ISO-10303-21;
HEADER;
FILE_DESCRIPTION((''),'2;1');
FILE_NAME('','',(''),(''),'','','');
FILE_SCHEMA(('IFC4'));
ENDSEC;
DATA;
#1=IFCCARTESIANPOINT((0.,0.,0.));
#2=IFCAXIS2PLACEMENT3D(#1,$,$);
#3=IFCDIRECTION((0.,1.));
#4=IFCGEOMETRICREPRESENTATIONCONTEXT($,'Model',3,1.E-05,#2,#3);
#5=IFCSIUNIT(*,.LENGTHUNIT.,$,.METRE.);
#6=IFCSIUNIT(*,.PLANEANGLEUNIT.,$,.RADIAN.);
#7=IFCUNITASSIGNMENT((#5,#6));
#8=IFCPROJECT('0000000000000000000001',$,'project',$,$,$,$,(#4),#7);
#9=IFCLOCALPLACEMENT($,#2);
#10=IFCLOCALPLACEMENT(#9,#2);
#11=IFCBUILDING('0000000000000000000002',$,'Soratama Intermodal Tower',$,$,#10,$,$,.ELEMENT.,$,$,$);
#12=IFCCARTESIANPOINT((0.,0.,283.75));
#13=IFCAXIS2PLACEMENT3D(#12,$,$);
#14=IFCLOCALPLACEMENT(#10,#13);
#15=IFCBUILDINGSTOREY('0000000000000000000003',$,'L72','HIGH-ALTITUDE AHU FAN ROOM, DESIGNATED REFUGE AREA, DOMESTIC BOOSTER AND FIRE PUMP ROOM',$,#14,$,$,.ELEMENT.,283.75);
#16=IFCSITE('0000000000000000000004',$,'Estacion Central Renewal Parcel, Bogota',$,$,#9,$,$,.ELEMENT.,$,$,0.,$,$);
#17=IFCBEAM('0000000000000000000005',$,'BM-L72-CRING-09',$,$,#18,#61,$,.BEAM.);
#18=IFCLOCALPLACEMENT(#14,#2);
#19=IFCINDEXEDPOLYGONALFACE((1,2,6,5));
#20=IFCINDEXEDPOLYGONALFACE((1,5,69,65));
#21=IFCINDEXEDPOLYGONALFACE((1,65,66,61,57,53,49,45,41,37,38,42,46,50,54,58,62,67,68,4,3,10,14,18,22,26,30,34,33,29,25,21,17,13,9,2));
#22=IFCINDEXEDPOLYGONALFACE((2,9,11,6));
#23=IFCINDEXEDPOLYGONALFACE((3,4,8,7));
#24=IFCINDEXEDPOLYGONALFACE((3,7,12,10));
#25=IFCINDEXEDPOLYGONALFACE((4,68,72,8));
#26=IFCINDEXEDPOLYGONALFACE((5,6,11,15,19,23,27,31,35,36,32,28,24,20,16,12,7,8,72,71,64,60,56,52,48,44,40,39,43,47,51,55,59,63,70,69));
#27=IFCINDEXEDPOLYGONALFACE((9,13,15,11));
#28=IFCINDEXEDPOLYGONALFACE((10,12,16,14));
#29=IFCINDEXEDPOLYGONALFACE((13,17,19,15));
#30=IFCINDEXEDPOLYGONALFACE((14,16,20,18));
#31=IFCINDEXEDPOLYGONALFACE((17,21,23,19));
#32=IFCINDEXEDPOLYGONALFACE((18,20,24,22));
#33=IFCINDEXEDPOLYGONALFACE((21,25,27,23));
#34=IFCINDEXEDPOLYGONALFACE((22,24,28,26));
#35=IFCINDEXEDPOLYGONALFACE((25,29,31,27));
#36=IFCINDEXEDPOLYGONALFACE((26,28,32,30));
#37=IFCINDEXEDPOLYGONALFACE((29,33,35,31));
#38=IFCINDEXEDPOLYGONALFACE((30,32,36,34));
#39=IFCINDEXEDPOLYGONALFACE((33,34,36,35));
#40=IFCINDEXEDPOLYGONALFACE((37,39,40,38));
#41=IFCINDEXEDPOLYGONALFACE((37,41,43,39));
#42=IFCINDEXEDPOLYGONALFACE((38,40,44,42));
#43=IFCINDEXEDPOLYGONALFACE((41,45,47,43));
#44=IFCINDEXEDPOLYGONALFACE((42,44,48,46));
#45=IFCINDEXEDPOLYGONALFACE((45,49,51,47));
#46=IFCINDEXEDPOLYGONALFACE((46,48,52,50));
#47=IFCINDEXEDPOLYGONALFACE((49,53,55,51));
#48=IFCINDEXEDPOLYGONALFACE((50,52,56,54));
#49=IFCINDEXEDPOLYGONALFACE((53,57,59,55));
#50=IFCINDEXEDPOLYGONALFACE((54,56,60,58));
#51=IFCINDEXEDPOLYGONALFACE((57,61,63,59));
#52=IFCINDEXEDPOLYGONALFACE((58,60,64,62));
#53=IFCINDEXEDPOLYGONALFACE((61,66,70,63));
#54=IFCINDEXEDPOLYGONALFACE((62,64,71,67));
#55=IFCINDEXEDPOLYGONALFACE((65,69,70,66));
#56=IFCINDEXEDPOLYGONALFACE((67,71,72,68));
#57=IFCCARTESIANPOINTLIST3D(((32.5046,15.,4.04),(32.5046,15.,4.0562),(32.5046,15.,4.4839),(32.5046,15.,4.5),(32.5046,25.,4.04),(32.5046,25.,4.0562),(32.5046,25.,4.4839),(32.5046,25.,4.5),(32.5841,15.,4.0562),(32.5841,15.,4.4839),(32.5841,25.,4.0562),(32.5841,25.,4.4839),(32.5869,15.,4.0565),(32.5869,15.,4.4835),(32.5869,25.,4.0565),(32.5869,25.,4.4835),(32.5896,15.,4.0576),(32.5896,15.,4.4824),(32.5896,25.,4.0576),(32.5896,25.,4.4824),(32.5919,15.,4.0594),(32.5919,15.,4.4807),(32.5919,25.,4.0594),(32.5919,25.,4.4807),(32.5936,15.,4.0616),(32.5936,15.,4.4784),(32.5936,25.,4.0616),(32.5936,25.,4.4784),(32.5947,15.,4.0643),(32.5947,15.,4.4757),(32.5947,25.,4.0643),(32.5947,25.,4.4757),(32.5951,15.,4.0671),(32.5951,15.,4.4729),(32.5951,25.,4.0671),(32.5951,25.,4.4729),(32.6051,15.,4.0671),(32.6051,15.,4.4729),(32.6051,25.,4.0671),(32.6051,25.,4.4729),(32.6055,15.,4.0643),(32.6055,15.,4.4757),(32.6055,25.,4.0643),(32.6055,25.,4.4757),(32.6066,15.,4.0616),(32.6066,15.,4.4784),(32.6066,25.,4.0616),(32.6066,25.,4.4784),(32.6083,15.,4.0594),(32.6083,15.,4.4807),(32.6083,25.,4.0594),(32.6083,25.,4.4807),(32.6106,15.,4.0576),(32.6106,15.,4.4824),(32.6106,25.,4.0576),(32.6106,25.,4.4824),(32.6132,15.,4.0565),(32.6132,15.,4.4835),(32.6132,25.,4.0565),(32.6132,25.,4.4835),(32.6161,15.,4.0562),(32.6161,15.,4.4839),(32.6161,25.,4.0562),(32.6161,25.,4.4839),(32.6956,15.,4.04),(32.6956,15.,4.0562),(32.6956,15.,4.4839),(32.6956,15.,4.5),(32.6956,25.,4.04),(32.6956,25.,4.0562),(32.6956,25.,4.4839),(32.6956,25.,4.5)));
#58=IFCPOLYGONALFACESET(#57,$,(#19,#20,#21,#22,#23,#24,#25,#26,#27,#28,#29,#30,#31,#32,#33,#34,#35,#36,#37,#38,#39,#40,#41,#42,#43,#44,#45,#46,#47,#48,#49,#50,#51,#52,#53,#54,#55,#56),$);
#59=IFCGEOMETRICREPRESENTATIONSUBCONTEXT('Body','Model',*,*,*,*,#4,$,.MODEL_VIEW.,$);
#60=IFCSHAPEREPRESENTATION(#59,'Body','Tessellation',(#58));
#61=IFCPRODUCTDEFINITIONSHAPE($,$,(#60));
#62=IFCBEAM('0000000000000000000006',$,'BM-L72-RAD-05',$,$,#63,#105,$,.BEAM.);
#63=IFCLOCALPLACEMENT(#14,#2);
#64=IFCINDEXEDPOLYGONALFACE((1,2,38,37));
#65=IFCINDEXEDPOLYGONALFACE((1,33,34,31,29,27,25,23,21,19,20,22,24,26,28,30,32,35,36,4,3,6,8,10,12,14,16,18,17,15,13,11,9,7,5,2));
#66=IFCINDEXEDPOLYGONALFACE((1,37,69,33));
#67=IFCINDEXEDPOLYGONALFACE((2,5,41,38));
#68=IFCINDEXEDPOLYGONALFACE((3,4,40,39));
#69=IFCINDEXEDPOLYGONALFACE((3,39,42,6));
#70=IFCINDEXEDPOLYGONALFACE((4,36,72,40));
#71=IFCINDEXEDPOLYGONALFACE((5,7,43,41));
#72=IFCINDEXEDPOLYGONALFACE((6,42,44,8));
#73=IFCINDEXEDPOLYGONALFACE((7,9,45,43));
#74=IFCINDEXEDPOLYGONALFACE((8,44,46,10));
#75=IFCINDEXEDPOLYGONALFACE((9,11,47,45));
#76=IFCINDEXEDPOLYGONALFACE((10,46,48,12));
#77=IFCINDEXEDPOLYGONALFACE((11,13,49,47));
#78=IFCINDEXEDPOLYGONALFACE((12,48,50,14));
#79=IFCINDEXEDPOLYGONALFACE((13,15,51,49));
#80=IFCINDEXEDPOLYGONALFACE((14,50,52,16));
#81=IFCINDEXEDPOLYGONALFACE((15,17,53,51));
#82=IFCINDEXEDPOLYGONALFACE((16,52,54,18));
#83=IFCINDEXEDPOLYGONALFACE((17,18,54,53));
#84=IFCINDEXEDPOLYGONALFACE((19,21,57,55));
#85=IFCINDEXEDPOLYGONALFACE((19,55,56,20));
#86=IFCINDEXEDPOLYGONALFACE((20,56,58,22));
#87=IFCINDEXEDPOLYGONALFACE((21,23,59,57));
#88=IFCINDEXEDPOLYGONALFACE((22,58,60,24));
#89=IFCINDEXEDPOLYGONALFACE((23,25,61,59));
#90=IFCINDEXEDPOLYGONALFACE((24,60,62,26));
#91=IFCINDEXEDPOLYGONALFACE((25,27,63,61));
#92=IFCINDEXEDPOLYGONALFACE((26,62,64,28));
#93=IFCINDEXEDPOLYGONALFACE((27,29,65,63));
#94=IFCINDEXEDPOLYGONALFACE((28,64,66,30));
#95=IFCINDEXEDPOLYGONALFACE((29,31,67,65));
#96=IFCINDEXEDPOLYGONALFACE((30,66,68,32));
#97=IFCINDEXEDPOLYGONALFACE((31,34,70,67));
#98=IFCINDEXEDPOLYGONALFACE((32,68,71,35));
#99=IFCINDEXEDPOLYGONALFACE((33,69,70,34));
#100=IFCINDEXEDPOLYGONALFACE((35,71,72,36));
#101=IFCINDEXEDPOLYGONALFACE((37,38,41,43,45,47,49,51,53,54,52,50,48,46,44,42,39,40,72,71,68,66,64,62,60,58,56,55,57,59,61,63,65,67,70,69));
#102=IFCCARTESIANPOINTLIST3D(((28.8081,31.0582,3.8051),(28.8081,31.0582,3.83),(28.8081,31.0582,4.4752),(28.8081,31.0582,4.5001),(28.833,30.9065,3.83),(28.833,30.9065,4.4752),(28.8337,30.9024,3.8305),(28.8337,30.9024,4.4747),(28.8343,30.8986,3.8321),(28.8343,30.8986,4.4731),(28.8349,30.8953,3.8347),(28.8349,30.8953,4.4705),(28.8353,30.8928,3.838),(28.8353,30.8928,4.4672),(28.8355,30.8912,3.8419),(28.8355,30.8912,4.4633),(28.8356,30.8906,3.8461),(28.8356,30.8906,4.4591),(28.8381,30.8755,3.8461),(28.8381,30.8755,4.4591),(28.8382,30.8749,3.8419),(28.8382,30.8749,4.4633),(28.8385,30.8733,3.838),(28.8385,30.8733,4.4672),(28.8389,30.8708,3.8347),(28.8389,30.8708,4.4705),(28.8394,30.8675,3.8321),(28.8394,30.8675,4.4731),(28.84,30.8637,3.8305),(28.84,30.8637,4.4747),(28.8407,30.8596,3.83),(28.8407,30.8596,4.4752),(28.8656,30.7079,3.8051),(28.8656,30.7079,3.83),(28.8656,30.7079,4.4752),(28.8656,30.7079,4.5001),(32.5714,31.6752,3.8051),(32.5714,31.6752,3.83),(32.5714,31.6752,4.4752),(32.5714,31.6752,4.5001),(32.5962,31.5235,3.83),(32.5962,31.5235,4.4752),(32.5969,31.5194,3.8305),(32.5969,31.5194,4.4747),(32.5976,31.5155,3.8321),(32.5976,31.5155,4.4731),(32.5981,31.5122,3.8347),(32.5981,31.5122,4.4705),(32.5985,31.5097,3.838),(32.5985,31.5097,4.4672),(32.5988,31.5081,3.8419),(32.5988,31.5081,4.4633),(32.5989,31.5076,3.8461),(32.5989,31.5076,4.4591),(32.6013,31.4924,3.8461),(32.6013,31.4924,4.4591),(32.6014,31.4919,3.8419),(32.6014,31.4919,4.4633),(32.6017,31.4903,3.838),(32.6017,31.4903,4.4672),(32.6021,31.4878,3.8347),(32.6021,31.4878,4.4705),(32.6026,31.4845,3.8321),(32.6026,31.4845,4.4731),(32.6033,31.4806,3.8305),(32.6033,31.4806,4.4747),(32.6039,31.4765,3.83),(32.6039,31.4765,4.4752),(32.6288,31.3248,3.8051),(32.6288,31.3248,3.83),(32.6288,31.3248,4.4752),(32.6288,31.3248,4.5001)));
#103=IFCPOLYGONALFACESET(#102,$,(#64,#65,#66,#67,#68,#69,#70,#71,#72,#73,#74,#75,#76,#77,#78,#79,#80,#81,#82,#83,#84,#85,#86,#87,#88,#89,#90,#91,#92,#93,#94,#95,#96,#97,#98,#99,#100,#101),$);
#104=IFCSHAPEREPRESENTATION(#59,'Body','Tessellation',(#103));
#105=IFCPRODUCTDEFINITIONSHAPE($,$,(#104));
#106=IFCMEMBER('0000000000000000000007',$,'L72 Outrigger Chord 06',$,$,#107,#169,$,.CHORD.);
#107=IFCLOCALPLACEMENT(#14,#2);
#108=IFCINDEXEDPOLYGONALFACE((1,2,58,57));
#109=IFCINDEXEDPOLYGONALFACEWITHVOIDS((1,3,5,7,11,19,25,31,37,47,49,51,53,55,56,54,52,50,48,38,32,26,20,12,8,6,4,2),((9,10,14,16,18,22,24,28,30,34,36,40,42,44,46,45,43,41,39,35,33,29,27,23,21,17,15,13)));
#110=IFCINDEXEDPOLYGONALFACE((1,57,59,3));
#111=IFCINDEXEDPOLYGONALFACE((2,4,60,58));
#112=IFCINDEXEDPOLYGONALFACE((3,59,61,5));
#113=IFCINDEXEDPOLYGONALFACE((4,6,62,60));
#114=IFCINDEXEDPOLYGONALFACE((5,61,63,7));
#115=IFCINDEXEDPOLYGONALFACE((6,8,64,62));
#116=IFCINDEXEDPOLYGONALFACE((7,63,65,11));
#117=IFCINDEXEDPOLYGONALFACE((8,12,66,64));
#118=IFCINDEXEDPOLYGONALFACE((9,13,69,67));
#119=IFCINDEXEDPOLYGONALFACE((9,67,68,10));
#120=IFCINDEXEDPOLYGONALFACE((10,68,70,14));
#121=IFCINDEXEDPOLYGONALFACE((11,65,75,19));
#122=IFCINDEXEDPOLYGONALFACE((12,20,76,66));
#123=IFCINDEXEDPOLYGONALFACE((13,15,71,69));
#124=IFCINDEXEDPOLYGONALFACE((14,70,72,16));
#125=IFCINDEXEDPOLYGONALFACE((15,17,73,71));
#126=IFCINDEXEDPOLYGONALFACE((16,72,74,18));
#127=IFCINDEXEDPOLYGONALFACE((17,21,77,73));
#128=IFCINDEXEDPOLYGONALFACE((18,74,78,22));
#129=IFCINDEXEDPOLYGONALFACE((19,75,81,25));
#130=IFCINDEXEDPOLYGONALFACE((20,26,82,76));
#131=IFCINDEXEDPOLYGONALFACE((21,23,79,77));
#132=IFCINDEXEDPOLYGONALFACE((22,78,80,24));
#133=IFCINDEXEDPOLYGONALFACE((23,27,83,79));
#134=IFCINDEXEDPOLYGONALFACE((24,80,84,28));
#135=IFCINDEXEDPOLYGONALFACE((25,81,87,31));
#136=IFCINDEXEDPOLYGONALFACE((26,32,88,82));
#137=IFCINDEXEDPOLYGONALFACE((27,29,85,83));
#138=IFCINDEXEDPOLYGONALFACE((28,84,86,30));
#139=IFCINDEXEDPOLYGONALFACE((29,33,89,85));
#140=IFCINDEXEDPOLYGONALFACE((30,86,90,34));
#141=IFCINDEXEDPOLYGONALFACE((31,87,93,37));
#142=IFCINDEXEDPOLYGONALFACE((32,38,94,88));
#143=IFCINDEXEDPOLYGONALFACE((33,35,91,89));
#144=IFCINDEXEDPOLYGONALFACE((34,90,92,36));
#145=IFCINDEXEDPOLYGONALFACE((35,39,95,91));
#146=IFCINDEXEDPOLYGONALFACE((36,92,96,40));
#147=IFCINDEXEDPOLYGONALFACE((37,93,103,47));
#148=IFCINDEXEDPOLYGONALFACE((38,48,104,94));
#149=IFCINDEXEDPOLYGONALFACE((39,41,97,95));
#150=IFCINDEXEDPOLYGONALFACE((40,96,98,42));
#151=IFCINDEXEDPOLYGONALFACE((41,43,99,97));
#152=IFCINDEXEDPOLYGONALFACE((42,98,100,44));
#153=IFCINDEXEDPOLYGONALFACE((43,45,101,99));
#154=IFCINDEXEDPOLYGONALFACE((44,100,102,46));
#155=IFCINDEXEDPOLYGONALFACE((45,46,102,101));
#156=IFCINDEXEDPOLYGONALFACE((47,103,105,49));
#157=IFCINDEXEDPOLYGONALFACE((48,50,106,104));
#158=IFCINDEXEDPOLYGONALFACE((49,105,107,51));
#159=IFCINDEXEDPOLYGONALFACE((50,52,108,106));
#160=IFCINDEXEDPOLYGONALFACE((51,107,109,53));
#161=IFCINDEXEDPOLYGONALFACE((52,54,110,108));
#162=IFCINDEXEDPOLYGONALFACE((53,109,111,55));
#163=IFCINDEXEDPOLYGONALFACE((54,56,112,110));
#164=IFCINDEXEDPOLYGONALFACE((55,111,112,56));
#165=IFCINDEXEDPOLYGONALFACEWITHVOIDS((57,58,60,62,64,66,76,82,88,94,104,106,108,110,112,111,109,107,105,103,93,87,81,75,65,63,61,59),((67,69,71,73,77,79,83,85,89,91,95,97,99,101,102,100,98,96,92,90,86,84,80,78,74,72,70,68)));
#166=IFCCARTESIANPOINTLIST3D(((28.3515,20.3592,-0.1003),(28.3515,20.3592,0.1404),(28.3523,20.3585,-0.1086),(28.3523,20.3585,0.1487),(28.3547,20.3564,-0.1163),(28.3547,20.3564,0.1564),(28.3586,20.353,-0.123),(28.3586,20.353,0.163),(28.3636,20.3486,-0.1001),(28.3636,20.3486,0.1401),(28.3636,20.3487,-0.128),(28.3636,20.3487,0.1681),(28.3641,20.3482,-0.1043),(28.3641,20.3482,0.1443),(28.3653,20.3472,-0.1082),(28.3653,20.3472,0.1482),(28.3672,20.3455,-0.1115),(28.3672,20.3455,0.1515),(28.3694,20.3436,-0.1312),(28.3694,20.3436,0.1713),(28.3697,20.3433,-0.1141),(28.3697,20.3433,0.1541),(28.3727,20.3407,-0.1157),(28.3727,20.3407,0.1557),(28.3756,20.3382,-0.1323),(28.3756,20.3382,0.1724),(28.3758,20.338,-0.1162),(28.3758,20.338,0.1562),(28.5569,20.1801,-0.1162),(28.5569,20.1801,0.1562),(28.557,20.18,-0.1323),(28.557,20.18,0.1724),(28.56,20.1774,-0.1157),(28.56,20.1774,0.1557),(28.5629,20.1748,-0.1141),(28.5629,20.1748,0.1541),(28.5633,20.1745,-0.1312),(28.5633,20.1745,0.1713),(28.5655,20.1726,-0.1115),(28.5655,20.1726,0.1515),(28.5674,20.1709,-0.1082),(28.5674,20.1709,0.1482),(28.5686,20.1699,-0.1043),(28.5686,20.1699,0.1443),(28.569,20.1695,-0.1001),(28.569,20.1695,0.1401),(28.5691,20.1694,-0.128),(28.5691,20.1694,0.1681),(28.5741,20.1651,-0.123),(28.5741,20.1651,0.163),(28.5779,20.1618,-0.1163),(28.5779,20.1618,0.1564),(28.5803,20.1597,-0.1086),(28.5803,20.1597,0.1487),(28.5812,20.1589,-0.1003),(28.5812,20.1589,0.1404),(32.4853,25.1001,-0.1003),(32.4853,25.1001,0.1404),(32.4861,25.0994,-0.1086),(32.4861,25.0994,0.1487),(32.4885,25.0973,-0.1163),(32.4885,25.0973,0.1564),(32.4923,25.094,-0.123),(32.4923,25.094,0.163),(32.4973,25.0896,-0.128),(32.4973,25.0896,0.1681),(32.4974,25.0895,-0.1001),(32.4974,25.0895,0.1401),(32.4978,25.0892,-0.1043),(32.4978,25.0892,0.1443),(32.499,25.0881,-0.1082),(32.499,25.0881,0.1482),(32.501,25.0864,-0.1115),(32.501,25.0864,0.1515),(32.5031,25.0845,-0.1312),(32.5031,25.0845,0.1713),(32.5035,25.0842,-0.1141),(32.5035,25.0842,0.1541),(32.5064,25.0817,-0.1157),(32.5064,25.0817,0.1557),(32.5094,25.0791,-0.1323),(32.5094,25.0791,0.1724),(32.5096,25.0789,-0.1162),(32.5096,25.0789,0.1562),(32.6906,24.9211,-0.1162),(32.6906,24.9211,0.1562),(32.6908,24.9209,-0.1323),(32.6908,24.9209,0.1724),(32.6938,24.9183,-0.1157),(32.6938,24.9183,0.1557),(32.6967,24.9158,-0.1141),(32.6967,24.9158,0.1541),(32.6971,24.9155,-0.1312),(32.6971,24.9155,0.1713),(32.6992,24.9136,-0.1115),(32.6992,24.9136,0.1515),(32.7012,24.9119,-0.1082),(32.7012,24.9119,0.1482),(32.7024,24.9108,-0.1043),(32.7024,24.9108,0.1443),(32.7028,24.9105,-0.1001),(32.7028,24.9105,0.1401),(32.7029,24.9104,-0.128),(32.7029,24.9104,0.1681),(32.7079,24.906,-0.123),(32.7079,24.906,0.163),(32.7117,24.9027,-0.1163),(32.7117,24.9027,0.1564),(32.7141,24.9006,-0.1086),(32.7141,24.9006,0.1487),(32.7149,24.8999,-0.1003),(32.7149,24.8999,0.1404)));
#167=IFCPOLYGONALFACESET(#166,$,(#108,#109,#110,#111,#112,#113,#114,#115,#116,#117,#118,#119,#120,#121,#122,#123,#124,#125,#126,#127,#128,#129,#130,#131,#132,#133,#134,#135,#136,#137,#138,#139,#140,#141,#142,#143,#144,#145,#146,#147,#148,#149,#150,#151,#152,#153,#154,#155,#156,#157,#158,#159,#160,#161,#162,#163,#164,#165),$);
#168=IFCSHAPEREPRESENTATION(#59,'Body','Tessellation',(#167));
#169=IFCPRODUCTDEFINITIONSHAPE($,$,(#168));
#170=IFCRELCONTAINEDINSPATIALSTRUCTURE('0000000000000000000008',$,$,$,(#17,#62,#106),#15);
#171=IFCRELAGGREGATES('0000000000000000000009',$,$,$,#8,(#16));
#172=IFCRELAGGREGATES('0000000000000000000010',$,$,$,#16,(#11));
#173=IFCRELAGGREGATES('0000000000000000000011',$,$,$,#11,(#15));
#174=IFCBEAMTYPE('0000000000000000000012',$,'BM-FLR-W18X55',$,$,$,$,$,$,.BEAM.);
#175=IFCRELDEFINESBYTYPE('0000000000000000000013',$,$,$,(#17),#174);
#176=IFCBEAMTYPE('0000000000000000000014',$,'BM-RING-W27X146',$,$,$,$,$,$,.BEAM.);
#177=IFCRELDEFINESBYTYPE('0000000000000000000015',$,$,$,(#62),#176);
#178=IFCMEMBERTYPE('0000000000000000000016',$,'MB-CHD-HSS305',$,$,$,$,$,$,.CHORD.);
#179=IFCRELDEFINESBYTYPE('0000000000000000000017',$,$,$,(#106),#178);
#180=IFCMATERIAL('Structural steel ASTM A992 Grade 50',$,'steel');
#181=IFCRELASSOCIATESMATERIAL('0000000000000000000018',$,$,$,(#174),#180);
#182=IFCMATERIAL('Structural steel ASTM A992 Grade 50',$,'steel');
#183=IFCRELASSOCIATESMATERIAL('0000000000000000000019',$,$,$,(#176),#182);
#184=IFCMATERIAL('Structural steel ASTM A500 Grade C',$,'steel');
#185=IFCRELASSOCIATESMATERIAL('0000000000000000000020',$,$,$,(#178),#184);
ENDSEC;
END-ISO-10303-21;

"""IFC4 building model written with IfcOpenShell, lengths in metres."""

from ifc_helpers import new_model, si_unit, direction, frame, origin, origin_2d, place, context, subcontext, project, spatial, hollow_rectangle, i_section, extrude, material, material_profile, profile_set, type_object, element, save


model = new_model("IFC4")

# Units and contexts
model_context = context("Model", 3, precision=1e-05, world=origin(), true_north=direction((0.0, 1.0)))
body_context = subcontext(model_context, "Body", "Model", "MODEL_VIEW")
ifc_project = project(units=[si_unit("LENGTHUNIT", "METRE"), si_unit("PLANEANGLEUNIT", "RADIAN")], contexts=[model_context])

# Site, building, storey
site_placement = place(None, origin())
site = spatial("IfcSite", under=ifc_project, at=site_placement, Name="Estacion Central Renewal Parcel, Bogota", CompositionType="ELEMENT", RefElevation=0.0)
building_placement = place(site_placement, origin())
building = spatial("IfcBuilding", under=site, at=building_placement, Name="Soratama Intermodal Tower", CompositionType="ELEMENT")
storey_placement = place(building_placement, frame((0.0, 0.0, 283.75)))
storey = spatial("IfcBuildingStorey", under=building, at=storey_placement, Name="L72", Description="HIGH-ALTITUDE AHU FAN ROOM, DESIGNATED REFUGE AREA, DOMESTIC BOOSTER AND FIRE PUMP ROOM", CompositionType="ELEMENT", Elevation=283.75)

# Beams
ifc_material_1 = material(Name="Structural steel ASTM A992 Grade 50", Category="steel")
ifc_material_profile_1 = material_profile(ifc_material_1, i_section(OverallWidth=0.1909, OverallDepth=0.46, WebThickness=0.01, FlangeThickness=0.0161, FilletRadius=0.011, at=origin_2d()), Name="W18X55")
ifc_profile_set_1 = profile_set([ifc_material_profile_1], Name="Structural steel ASTM A992 Grade 50")
beam_type_1 = type_object("IfcBeamType", Name="BM-FLR-W18X55", PredefinedType="BEAM", material=ifc_profile_set_1)
beam_1_placement = place(storey_placement, frame((32.6001, 25.0, 4.27), z_axis=(0.0, -1.0, 0.0), x_axis=(1.0, 0.0, 0.0)))
element("IfcBeam", 1, at=beam_1_placement, inside=storey, type_object=beam_type_1, Name="BM-L72-CRING-09", PredefinedType="BEAM", context=body_context, shape_type="SweptSolid", body=[
    extrude(i_section(OverallWidth=0.1909, OverallDepth=0.46, WebThickness=0.01, FlangeThickness=0.0161, FilletRadius=0.011, at=origin_2d()), origin(), (0.0, 0.0, 1.0), 10.0),
])
ifc_material_2 = material(Name="Structural steel ASTM A992 Grade 50", Category="steel")
ifc_material_profile_2 = material_profile(ifc_material_2, i_section(OverallWidth=0.355, OverallDepth=0.6951, WebThickness=0.0154, FlangeThickness=0.0249, FilletRadius=0.0161, at=origin_2d()), Name="W27X146")
ifc_profile_set_2 = profile_set([ifc_material_profile_2], Name="Structural steel ASTM A992 Grade 50")
beam_type_2 = type_object("IfcBeamType", Name="BM-RING-W27X146", PredefinedType="BEAM", material=ifc_profile_set_2)
beam_2_placement = place(storey_placement, frame((32.6001, 31.5, 4.1526), z_axis=(-0.986826, -0.161782, 0.0), x_axis=(0.161782, -0.986826, 0.0)))
element("IfcBeam", 2, at=beam_2_placement, inside=storey, type_object=beam_type_2, Name="BM-L72-RAD-05", PredefinedType="BEAM", context=body_context, shape_type="SweptSolid", body=[
    extrude(i_section(OverallWidth=0.355, OverallDepth=0.6951, WebThickness=0.0154, FlangeThickness=0.0249, FilletRadius=0.0161, at=origin_2d()), origin(), (0.0, 0.0, 1.0), 3.8135),
])

# Member
ifc_material_3 = material(Name="Structural steel ASTM A500 Grade C", Category="steel")
ifc_material_profile_3 = material_profile(ifc_material_3, hollow_rectangle(XDim=0.3047, YDim=0.3047, WallThickness=0.0161, InnerFilletRadius=0.0161, OuterFilletRadius=0.032, at=origin_2d()), Name="HSS305X305X16")
ifc_profile_set_3 = profile_set([ifc_material_profile_3], Name="Structural steel ASTM A500 Grade C")
member_type_1 = type_object("IfcMemberType", Name="MB-CHD-HSS305", PredefinedType="CHORD", material=ifc_profile_set_3)
member_1_placement = place(storey_placement, frame((32.6001, 25.0, 0.02), z_axis=(-0.657193, -0.753722, 0.0), x_axis=(0.753722, -0.657193, 0.0)))
element("IfcMember", 3, at=member_1_placement, inside=storey, type_object=member_type_1, Name="L72 Outrigger Chord 06", PredefinedType="CHORD", context=body_context, shape_type="SweptSolid", body=[
    extrude(hollow_rectangle(XDim=0.3047, YDim=0.3047, WallThickness=0.0161, InnerFilletRadius=0.0161, OuterFilletRadius=0.032, at=origin_2d()), origin(), (0.0, 0.0, 1.0), 6.29),
])

save(model, "model.ifc")
